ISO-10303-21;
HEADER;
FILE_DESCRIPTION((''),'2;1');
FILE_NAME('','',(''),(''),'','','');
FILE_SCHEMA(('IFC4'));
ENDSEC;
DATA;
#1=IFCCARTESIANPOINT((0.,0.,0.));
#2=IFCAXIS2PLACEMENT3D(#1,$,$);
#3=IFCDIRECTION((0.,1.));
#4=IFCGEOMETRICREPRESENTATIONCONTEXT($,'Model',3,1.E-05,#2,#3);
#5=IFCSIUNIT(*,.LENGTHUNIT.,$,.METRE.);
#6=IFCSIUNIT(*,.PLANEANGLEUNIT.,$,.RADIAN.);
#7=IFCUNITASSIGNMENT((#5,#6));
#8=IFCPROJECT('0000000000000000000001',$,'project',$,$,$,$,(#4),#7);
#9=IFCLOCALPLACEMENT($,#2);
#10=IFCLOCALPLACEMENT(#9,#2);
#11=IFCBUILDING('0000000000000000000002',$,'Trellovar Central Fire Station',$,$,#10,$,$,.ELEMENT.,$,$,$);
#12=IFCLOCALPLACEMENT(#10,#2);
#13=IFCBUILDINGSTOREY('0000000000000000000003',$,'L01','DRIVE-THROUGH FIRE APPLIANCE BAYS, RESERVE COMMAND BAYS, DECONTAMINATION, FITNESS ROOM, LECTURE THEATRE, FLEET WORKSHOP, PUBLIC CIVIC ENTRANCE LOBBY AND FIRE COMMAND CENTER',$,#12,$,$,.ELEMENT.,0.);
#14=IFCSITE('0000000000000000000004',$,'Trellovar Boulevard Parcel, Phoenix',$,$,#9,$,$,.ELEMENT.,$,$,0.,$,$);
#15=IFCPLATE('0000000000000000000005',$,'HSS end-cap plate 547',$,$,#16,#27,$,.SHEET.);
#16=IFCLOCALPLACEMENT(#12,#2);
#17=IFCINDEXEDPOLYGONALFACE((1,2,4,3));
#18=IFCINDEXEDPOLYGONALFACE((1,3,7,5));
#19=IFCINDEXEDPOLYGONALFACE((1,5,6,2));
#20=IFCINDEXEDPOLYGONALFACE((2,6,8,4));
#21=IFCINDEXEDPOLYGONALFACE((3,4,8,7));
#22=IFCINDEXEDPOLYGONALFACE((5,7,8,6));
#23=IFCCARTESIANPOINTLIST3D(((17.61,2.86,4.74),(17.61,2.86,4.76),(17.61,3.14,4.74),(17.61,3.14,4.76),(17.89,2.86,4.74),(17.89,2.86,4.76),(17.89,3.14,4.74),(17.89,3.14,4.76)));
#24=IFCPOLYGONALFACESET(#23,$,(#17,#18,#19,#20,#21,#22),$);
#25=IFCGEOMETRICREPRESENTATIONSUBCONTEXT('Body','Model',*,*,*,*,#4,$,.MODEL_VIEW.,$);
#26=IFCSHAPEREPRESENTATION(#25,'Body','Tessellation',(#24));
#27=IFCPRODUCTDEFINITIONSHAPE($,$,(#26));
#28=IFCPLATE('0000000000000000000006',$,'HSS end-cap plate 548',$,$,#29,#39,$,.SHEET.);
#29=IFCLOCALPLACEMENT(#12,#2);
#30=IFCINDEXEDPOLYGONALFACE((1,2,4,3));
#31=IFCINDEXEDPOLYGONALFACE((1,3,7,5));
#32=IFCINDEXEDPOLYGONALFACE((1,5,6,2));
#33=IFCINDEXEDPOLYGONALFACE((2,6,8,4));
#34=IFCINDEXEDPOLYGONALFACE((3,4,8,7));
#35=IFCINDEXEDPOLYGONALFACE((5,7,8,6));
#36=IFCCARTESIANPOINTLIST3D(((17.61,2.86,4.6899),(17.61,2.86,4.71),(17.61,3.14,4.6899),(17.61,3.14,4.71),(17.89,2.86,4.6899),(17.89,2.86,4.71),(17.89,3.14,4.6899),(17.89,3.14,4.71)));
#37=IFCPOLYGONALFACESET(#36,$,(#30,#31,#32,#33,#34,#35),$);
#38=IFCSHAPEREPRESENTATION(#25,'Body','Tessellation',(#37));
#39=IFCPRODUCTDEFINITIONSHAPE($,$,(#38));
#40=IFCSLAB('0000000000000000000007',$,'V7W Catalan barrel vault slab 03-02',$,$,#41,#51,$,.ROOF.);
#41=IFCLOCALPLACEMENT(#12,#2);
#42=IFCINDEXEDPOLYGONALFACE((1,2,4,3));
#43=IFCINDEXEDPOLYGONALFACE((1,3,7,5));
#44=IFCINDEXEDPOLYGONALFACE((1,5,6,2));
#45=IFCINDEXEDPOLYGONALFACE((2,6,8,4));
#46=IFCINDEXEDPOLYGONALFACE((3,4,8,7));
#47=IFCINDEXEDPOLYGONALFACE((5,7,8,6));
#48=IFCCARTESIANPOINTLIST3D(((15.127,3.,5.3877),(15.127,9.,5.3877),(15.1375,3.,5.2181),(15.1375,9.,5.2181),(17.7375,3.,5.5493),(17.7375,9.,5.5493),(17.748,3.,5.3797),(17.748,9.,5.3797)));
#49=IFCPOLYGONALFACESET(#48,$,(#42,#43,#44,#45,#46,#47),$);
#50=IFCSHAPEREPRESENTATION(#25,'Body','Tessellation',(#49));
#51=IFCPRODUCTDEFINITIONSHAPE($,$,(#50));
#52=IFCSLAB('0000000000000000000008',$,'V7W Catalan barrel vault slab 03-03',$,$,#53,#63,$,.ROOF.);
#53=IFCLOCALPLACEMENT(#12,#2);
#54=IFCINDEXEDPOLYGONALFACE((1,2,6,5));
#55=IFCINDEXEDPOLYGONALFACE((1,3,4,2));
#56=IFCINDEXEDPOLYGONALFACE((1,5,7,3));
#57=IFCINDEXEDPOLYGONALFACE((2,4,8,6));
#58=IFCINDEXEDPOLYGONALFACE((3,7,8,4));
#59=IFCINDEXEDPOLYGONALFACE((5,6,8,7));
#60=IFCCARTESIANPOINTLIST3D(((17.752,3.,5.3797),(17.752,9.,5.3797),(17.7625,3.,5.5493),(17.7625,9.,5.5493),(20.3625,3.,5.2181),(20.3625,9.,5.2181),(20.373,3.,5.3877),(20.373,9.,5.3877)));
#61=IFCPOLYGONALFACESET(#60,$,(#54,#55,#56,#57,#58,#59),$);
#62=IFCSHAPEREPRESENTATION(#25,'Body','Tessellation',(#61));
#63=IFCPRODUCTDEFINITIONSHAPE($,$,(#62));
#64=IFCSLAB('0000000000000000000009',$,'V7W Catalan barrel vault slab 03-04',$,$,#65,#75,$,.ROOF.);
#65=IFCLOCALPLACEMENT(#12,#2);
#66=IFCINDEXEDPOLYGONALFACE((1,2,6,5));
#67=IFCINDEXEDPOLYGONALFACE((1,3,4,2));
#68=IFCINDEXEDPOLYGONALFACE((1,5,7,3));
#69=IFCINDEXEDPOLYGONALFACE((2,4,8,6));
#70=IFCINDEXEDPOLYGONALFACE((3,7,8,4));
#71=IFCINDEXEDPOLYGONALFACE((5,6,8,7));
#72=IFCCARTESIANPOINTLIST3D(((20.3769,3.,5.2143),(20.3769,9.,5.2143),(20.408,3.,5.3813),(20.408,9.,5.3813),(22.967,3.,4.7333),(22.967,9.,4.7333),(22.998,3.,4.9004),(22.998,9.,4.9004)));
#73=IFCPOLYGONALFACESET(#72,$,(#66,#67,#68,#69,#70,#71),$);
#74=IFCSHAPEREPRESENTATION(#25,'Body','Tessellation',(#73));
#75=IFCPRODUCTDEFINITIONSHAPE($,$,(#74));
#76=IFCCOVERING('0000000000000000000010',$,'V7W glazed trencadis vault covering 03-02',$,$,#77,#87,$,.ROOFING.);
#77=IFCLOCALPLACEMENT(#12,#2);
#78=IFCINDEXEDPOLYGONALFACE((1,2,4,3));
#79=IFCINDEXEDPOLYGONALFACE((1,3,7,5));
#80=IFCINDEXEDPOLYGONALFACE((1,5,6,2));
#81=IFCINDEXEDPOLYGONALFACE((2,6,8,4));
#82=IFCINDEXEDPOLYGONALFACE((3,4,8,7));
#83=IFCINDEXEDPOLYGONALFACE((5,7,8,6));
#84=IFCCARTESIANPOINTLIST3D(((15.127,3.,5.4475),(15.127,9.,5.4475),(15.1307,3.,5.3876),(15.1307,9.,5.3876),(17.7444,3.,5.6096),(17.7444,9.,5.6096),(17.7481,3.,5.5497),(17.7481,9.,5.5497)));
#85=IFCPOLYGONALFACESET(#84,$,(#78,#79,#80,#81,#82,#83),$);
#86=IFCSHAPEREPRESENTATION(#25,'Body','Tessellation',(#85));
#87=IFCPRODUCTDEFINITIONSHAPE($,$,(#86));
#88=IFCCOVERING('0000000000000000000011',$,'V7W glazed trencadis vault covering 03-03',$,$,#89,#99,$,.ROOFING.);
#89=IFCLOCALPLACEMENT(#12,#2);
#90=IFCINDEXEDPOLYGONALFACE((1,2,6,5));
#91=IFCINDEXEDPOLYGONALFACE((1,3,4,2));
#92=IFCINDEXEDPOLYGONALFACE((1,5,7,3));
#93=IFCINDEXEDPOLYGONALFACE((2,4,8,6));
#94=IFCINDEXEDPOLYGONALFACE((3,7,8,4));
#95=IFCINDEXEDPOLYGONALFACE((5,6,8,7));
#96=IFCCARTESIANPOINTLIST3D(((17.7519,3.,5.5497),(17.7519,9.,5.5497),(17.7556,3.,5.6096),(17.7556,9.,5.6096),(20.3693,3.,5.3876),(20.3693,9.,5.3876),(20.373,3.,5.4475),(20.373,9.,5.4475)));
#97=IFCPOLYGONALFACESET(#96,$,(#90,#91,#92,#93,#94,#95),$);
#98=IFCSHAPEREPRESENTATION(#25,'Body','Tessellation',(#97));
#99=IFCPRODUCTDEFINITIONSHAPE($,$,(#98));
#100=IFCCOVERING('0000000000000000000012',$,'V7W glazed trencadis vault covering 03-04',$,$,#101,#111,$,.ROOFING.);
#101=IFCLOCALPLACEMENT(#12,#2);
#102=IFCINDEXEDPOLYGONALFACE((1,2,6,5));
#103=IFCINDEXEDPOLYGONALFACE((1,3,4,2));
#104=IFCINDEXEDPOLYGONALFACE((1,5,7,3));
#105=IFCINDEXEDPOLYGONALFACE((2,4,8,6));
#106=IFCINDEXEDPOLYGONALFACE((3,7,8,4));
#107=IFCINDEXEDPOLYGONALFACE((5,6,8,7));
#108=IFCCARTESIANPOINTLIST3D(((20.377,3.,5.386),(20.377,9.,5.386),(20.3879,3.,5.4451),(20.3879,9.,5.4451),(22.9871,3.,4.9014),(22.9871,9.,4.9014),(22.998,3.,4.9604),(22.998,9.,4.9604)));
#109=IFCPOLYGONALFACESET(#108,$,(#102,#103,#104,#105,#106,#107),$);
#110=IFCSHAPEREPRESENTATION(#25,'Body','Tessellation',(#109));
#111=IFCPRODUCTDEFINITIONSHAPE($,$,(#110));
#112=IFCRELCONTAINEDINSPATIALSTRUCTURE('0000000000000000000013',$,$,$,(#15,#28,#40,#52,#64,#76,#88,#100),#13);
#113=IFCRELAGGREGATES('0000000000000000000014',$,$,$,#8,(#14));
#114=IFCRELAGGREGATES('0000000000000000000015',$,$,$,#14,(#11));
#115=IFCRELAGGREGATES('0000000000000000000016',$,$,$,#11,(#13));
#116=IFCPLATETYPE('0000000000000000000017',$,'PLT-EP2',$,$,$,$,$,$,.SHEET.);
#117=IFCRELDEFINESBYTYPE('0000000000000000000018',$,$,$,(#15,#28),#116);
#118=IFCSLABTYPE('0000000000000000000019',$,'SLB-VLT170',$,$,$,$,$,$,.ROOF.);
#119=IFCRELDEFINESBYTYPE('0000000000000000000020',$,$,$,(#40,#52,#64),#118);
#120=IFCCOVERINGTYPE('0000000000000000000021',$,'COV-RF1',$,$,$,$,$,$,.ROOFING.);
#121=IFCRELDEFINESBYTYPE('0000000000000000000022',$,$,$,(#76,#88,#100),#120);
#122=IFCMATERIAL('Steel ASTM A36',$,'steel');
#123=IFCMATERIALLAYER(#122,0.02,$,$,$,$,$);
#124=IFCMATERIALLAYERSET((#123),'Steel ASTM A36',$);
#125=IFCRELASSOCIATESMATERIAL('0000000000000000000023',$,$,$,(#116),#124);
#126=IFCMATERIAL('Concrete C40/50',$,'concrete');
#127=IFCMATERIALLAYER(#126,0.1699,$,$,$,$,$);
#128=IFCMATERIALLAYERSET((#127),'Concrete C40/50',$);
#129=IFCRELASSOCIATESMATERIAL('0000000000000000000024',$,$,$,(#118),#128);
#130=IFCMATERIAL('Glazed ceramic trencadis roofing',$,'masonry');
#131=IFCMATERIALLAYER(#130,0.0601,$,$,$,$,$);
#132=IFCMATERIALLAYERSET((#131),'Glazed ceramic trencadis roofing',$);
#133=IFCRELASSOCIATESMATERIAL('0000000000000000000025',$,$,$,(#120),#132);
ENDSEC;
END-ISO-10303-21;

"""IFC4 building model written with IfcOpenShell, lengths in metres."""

from ifc_helpers import new_model, si_unit, direction, frame, origin, origin_2d, place, context, subcontext, project, spatial, polyline, rectangle, outline, extrude, material, layer, layer_set, type_object, element, save


model = new_model("IFC4")

# Units and contexts
model_context = context("Model", 3, precision=1e-05, world=origin(), true_north=direction((0.0, 1.0)))
body_context = subcontext(model_context, "Body", "Model", "MODEL_VIEW")
ifc_project = project(units=[si_unit("LENGTHUNIT", "METRE"), si_unit("PLANEANGLEUNIT", "RADIAN")], contexts=[model_context])

# Site, building, storey
site_placement = place(None, origin())
site = spatial("IfcSite", under=ifc_project, at=site_placement, Name="Trellovar Boulevard Parcel, Phoenix", CompositionType="ELEMENT", RefElevation=0.0)
building_placement = place(site_placement, origin())
building = spatial("IfcBuilding", under=site, at=building_placement, Name="Trellovar Central Fire Station", CompositionType="ELEMENT")
storey_placement = place(building_placement, origin())
storey = spatial("IfcBuildingStorey", under=building, at=storey_placement, Name="L01", Description="DRIVE-THROUGH FIRE APPLIANCE BAYS, RESERVE COMMAND BAYS, DECONTAMINATION, FITNESS ROOM, LECTURE THEATRE, FLEET WORKSHOP, PUBLIC CIVIC ENTRANCE LOBBY AND FIRE COMMAND CENTER", CompositionType="ELEMENT", Elevation=0.0)

# Plates
ifc_material_1 = material(Name="Steel ASTM A36", Category="steel")
ifc_layer_1 = layer(ifc_material_1, 0.02)
ifc_layer_set_1 = layer_set([ifc_layer_1], Name="Steel ASTM A36")
plate_type_1 = type_object("IfcPlateType", Name="PLT-EP2", PredefinedType="SHEET", material=ifc_layer_set_1)
for number, where, z_axis, x_axis, name in (
    (1, (17.75, 3.0, 4.74), (0.0, 0.0, 1.0), (1.0, 0.0, 0.0), "HSS end-cap plate 547"),
    (2, (17.75, 3.0, 4.6899), (0.0, 0.0, 1.0), (1.0, 0.0, 0.0), "HSS end-cap plate 548"),
):
    element("IfcPlate", number, at=place(storey_placement, frame(where, z_axis=z_axis, x_axis=x_axis)), inside=storey, type_object=plate_type_1, Name=name, PredefinedType="SHEET", context=body_context, shape_type="SweptSolid", body=[
        extrude(rectangle(XDim=0.28, YDim=0.28, at=origin_2d()), origin(), (0.0, 0.0, 1.0), 0.02),
    ])

# Slabs
ifc_material_2 = material(Name="Concrete C40/50", Category="concrete")
ifc_layer_2 = layer(ifc_material_2, 0.1699)
ifc_layer_set_2 = layer_set([ifc_layer_2], Name="Concrete C40/50")
slab_type = type_object("IfcSlabType", Name="SLB-VLT170", PredefinedType="ROOF", material=ifc_layer_set_2)
for number, where, z_axis, x_axis, name in (
    (3, (15.127, 3.0, 5.3877), (-0.061791, 0.0, 0.998089), (0.998089, 0.0, 0.061791), "V7W Catalan barrel vault slab 03-02"),
    (4, (17.7625, 3.0, 5.5493), (0.061791, 0.0, 0.998089), (0.998089, 0.0, -0.061791), "V7W Catalan barrel vault slab 03-03"),
):
    element("IfcSlab", number, at=place(storey_placement, frame(where, z_axis=z_axis, x_axis=x_axis)), inside=storey, type_object=slab_type, Name=name, PredefinedType="ROOF", context=body_context, shape_type="SweptSolid", body=[
        extrude(outline(polyline([(0.0, 0.0), (2.6156, 0.0), (2.6156, 6.0), (0.0, 6.0), (0.0, 0.0)])), origin(), (0.0, 0.0, -1.0), 0.1699),
    ])
slab_placement = place(storey_placement, frame((20.408, 3.0, 5.3813), z_axis=(0.18257, 0.0, 0.983193), x_axis=(0.983193, 0.0, -0.18257)))
element("IfcSlab", 5, at=slab_placement, inside=storey, type_object=slab_type, Name="V7W Catalan barrel vault slab 03-04", PredefinedType="ROOF", context=body_context, shape_type="SweptSolid", body=[
    extrude(outline(polyline([(0.0, 0.0), (2.6344, 0.0), (2.6344, 6.0), (0.0, 6.0), (0.0, 0.0)])), origin(), (0.0, 0.0, -1.0), 0.1699),
])

# Coverings
ifc_material_3 = material(Name="Glazed ceramic trencadis roofing", Category="masonry")
ifc_layer_3 = layer(ifc_material_3, 0.0601)
ifc_layer_set_3 = layer_set([ifc_layer_3], Name="Glazed ceramic trencadis roofing")
covering_type = type_object("IfcCoveringType", Name="COV-RF1", PredefinedType="ROOFING", material=ifc_layer_set_3)
for number, where, z_axis, x_axis, name in (
    (6, (15.127, 3.0, 5.4475), (-0.061816, 0.0, 0.998088), (0.998088, 0.0, 0.061816), "V7W glazed trencadis vault covering 03-02"),
    (7, (17.7556, 3.0, 5.6096), (0.061816, 0.0, 0.998088), (0.998088, 0.0, -0.061816), "V7W glazed trencadis vault covering 03-03"),
):
    element("IfcCovering", number, at=place(storey_placement, frame(where, z_axis=z_axis, x_axis=x_axis)), inside=storey, type_object=covering_type, Name=name, PredefinedType="ROOFING", context=body_context, shape_type="SweptSolid", body=[
        extrude(outline(polyline([(0.0, 0.0), (2.6224, 0.0), (2.6224, 6.0), (0.0, 6.0), (0.0, 0.0)])), origin(), (0.0, 0.0, -1.0), 0.0601),
    ])
covering_placement = place(storey_placement, frame((20.3879, 3.0, 5.4451), z_axis=(0.18255, 0.0, 0.983197), x_axis=(0.983197, 0.0, -0.18255)))
element("IfcCovering", 8, at=covering_placement, inside=storey, type_object=covering_type, Name="V7W glazed trencadis vault covering 03-04", PredefinedType="ROOFING", context=body_context, shape_type="SweptSolid", body=[
    extrude(outline(polyline([(0.0, 0.0), (2.6547, 0.0), (2.6547, 6.0), (0.0, 6.0), (0.0, 0.0)])), origin(), (0.0, 0.0, -1.0), 0.0601),
])

save(model, "model.ifc")
